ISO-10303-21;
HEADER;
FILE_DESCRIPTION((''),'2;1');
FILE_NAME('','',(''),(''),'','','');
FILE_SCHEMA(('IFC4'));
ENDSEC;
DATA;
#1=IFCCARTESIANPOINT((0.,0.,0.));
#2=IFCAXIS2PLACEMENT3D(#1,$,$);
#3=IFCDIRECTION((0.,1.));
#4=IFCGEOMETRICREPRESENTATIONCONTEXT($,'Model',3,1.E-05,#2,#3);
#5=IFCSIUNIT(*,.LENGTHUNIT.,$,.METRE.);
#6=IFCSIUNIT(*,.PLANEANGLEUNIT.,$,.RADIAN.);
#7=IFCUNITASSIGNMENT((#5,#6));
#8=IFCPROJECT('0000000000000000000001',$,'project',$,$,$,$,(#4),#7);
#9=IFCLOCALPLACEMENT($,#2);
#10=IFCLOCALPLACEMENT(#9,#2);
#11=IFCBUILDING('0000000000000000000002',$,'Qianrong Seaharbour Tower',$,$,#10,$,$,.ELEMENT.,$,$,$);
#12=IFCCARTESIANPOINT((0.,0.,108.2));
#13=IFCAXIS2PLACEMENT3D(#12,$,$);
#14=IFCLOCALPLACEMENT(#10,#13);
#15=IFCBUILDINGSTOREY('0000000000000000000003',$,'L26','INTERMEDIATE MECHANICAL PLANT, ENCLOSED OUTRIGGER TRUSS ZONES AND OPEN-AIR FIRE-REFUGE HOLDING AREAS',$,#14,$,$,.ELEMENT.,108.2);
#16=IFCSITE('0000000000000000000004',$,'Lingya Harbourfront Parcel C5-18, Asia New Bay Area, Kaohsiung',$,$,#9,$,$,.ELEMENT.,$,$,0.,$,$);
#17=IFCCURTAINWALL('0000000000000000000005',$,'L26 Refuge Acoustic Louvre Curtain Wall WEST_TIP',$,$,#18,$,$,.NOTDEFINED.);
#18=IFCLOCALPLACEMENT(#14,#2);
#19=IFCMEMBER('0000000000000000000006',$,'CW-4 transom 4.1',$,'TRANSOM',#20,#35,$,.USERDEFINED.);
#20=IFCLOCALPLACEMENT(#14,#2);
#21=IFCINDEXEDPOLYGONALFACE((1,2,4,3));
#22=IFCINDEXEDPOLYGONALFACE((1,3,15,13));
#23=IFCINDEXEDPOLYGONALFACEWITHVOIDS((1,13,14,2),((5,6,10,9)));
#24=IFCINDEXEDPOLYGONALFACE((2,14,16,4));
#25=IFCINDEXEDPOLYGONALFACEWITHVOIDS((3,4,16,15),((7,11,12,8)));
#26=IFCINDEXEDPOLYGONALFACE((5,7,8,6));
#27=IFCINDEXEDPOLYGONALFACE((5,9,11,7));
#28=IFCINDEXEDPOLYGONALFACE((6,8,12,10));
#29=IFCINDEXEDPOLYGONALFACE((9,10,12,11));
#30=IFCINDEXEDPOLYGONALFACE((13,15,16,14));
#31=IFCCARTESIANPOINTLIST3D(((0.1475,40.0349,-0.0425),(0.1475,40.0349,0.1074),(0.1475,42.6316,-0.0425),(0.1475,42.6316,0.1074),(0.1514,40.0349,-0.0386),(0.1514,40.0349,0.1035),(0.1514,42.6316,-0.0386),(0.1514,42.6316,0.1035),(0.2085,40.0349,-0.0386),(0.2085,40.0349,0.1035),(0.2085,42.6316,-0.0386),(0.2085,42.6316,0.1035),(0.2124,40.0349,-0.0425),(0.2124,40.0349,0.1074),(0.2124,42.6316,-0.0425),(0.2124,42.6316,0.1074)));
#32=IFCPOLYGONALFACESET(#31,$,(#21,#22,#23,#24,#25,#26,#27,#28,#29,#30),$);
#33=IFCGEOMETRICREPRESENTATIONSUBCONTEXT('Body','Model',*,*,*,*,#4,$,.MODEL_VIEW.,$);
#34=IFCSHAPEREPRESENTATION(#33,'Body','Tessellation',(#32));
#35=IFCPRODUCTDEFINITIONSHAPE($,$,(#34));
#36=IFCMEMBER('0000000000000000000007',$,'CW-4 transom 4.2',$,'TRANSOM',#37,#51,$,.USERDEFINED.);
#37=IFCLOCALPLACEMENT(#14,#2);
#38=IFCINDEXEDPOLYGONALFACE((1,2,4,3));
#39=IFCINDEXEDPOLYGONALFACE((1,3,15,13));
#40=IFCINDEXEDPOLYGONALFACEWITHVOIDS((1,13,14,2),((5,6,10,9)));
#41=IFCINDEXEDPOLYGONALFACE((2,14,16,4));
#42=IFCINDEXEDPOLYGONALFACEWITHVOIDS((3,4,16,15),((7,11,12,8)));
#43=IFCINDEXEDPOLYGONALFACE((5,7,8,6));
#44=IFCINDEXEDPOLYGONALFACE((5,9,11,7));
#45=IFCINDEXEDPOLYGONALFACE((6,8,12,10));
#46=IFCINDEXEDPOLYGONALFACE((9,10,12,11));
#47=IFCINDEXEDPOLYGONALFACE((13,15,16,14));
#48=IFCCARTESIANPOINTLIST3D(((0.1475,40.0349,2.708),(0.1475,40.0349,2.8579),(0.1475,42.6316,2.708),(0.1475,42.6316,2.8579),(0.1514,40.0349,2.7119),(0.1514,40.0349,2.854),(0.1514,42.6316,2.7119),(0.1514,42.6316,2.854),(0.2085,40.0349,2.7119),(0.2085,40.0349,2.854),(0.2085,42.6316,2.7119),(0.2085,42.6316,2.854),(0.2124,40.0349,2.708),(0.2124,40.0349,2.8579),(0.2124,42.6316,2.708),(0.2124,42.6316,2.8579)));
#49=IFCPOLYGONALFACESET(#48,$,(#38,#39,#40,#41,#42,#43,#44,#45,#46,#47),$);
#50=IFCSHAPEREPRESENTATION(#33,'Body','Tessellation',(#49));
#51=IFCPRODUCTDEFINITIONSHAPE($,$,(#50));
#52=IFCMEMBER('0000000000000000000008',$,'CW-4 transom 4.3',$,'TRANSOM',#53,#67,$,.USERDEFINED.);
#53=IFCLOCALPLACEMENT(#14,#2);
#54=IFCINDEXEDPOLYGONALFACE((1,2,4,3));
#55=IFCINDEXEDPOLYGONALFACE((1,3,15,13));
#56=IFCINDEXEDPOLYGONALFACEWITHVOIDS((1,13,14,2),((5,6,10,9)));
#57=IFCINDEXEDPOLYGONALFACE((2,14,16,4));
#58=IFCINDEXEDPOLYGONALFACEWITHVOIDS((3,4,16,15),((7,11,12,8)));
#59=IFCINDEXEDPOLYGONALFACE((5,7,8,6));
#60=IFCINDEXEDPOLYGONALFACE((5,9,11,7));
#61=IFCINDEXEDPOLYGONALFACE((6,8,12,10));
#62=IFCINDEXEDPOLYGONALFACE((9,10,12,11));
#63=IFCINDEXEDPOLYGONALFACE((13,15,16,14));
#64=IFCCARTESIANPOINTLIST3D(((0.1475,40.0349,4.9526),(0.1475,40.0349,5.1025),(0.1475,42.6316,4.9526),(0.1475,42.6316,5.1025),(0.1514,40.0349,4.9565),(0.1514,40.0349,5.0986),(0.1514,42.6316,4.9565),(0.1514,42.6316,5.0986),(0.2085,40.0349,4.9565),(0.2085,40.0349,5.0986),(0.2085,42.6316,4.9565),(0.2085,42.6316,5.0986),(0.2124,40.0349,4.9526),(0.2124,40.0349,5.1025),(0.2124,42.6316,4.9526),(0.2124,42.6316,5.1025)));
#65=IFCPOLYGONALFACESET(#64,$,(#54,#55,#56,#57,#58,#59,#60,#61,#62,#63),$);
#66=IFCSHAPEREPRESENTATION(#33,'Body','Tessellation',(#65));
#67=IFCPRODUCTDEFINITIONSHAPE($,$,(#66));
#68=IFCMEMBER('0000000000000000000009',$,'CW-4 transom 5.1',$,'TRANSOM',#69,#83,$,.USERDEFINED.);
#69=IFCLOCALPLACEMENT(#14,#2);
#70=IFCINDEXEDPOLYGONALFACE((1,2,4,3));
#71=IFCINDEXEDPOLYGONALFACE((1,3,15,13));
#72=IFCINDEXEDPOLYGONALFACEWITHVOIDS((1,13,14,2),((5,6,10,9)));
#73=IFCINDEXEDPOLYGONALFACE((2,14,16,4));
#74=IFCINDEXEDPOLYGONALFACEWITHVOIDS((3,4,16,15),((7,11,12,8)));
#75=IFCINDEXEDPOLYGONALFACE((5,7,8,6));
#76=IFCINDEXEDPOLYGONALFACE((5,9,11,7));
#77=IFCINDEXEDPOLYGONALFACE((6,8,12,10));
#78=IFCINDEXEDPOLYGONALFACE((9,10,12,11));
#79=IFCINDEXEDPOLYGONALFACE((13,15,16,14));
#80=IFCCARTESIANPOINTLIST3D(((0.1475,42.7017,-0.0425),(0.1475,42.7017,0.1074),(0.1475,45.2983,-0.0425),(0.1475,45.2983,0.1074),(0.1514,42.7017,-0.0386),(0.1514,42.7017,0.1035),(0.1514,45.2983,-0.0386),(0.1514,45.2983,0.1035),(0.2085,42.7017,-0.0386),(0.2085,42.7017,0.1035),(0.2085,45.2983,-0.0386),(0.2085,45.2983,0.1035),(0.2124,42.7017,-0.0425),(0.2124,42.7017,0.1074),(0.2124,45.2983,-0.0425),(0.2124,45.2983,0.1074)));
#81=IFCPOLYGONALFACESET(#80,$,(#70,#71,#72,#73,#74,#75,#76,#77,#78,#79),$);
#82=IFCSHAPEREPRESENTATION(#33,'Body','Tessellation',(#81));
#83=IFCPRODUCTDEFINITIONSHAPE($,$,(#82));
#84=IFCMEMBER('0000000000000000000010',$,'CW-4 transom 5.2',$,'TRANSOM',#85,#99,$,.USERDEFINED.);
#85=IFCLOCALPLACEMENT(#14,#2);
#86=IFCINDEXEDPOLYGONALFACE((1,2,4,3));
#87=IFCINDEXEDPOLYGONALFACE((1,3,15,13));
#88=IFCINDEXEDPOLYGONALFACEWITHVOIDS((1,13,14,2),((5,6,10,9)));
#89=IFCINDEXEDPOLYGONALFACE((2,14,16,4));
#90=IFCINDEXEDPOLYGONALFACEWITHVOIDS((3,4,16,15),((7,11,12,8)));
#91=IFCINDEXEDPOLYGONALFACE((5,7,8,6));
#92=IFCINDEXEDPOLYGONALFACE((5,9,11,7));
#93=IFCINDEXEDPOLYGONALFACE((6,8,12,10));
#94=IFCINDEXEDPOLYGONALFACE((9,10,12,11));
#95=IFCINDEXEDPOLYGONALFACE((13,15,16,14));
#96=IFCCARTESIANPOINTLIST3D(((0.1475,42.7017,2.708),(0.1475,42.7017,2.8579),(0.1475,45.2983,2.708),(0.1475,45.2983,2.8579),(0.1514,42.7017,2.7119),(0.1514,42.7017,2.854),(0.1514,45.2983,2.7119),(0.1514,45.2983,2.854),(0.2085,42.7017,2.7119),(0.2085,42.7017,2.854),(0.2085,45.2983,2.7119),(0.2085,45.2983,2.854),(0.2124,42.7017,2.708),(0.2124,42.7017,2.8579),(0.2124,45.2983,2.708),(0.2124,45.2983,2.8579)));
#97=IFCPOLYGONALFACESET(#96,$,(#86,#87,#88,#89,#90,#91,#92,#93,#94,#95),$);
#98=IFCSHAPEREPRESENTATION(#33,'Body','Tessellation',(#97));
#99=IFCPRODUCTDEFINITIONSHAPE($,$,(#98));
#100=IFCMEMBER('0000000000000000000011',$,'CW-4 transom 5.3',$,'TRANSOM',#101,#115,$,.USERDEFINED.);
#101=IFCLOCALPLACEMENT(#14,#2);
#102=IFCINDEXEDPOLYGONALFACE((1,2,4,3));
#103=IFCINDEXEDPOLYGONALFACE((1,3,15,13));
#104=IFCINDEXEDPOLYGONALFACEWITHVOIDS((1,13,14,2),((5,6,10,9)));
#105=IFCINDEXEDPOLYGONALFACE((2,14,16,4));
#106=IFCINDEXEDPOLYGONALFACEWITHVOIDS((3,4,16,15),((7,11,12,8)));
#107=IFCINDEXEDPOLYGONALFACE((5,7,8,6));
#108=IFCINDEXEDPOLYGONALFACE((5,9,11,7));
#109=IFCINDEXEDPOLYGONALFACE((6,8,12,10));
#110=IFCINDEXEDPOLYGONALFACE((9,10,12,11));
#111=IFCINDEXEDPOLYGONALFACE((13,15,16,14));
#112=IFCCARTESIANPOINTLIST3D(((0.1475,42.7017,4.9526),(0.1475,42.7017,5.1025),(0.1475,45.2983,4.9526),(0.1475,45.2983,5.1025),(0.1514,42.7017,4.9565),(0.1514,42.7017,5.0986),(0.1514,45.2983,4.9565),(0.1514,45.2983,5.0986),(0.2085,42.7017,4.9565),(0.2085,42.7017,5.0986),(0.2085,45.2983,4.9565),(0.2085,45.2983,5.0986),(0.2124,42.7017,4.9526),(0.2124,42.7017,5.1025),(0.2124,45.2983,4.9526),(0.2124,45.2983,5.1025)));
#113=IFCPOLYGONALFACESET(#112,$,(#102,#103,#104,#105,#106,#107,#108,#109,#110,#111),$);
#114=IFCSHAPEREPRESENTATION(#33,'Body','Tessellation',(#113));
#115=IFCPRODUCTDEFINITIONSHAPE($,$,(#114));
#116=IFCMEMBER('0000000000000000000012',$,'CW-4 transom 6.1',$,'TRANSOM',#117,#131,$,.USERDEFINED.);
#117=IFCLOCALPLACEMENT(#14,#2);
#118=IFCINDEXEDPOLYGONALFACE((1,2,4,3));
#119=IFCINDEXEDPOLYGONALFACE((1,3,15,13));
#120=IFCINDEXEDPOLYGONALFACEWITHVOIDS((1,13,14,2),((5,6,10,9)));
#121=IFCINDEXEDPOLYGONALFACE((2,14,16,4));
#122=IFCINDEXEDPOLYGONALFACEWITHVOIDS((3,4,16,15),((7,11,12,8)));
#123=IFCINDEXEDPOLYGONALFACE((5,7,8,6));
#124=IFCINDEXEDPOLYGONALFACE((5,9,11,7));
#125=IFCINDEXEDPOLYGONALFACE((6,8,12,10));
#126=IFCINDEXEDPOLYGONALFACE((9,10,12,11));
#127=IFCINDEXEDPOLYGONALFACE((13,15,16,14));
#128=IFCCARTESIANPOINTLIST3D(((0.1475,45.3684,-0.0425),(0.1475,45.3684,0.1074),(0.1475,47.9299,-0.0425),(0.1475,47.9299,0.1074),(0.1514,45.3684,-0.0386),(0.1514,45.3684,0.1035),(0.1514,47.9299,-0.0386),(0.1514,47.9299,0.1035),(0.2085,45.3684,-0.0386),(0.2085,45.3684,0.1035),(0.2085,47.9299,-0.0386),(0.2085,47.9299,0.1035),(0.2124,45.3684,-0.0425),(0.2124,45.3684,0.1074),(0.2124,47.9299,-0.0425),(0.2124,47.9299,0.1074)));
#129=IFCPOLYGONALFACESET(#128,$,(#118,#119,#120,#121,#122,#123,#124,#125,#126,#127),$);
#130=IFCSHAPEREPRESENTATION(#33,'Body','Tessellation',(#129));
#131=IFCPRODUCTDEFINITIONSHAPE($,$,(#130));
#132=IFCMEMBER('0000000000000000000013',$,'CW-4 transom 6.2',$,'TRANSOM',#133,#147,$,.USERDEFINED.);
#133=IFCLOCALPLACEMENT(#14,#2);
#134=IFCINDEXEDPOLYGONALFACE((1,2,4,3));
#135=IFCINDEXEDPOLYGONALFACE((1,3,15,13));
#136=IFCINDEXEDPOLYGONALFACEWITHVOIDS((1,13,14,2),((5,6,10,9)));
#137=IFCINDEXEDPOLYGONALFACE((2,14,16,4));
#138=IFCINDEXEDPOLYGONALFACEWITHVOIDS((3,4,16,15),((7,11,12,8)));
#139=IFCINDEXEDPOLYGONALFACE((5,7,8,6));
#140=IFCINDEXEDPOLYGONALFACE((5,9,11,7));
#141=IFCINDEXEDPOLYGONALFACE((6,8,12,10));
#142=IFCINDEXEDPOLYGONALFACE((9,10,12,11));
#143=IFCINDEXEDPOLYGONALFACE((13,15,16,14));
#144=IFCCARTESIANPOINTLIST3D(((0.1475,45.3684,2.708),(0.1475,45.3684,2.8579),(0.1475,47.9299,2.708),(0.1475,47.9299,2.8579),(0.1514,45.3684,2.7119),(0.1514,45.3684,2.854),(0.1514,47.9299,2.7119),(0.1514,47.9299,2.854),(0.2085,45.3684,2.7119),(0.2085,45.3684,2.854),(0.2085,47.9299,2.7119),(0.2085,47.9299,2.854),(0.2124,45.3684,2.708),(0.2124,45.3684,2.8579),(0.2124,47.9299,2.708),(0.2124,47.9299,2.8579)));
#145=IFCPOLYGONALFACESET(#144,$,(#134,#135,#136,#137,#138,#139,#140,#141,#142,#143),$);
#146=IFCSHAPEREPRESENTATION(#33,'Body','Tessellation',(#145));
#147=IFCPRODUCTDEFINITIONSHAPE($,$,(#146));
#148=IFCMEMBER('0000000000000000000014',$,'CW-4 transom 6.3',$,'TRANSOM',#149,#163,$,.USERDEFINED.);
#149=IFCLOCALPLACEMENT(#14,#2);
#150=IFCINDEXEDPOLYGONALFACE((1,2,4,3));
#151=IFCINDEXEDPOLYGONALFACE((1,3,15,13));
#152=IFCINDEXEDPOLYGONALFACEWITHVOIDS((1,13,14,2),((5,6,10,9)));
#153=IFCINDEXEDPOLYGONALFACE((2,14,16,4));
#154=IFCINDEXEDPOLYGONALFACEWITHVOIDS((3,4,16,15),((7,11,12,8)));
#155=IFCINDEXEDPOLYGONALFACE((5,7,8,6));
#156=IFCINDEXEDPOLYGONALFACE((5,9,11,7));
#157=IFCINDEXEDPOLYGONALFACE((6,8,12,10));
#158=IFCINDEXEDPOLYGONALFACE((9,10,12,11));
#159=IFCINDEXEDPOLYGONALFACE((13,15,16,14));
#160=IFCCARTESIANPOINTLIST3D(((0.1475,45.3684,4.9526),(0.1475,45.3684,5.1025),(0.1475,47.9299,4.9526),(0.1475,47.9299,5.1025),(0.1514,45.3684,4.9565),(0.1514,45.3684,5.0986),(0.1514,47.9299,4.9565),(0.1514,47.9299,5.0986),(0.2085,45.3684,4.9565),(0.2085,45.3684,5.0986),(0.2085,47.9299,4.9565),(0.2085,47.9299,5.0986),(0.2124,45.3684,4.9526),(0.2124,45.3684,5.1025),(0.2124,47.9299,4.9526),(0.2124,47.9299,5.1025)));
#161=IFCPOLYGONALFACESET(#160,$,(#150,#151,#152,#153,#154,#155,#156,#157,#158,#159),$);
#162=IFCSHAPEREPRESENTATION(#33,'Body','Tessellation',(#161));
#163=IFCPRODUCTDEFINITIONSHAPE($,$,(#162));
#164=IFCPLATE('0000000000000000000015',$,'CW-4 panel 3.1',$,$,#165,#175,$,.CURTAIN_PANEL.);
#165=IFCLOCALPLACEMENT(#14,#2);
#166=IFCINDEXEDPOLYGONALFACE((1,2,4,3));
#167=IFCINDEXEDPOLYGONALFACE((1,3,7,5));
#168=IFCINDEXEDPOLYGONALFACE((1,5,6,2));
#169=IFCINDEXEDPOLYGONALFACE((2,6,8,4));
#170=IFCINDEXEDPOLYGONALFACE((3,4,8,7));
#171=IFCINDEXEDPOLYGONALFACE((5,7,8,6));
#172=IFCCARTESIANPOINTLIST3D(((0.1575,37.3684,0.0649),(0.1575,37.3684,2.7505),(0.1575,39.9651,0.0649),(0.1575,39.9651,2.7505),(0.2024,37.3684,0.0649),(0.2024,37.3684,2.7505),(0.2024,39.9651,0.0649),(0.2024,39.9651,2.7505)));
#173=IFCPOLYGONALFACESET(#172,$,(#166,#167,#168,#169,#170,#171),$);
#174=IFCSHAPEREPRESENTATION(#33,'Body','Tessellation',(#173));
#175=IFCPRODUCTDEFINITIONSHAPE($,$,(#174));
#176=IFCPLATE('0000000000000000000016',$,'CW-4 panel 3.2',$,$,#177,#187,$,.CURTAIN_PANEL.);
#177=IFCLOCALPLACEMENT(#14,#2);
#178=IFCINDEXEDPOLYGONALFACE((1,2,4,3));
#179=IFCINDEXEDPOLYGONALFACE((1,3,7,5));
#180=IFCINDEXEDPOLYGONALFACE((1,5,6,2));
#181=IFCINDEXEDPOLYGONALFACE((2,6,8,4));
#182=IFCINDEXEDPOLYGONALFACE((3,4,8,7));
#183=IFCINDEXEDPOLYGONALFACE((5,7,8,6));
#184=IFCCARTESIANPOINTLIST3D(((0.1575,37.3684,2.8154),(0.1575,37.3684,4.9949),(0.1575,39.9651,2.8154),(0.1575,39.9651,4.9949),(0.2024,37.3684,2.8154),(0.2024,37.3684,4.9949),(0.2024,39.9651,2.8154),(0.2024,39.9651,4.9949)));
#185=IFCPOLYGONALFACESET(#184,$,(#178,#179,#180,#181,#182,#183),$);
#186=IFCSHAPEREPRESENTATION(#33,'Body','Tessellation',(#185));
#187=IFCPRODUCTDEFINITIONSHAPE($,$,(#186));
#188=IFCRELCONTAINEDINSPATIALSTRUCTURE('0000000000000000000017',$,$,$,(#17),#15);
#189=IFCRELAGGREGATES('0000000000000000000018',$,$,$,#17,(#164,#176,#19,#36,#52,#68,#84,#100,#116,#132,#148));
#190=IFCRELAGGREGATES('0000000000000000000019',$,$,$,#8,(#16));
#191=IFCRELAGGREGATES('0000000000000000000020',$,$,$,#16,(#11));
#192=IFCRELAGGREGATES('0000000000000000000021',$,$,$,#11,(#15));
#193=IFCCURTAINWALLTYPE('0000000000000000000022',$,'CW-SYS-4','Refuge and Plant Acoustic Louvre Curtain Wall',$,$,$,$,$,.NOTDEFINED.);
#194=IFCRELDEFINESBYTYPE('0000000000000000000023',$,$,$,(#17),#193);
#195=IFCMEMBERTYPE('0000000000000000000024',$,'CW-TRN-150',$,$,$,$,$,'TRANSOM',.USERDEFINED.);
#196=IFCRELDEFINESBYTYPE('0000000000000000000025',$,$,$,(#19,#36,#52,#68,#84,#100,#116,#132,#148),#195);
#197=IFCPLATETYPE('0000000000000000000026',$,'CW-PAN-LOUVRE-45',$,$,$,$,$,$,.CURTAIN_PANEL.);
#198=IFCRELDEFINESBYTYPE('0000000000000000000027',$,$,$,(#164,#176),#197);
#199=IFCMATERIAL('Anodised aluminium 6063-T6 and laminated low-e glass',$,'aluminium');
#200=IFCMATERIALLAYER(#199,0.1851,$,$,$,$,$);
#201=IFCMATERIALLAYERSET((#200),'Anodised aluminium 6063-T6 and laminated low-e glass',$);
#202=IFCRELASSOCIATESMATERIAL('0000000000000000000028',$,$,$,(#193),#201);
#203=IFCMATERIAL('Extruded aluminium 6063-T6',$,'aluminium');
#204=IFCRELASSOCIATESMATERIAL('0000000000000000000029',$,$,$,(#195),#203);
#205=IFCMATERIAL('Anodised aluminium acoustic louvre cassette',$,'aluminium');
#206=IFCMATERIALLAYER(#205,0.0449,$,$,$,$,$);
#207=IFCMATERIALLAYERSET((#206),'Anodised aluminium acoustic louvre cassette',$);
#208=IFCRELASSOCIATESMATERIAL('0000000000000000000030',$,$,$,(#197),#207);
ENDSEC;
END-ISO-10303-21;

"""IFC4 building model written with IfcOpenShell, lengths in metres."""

from ifc_helpers import new_model, si_unit, direction, frame, origin, origin_2d, place, context, subcontext, project, spatial, rectangle, hollow_rectangle, extrude, material, layer, layer_set, material_profile, profile_set, type_object, element, aggregate, save


model = new_model("IFC4")

# Units and contexts
model_context = context("Model", 3, precision=1e-05, world=origin(), true_north=direction((0.0, 1.0)))
body_context = subcontext(model_context, "Body", "Model", "MODEL_VIEW")
ifc_project = project(units=[si_unit("LENGTHUNIT", "METRE"), si_unit("PLANEANGLEUNIT", "RADIAN")], contexts=[model_context])

# Site, building, storey
site_placement = place(None, origin())
site = spatial("IfcSite", under=ifc_project, at=site_placement, Name="Lingya Harbourfront Parcel C5-18, Asia New Bay Area, Kaohsiung", CompositionType="ELEMENT", RefElevation=0.0)
building_placement = place(site_placement, origin())
building = spatial("IfcBuilding", under=site, at=building_placement, Name="Qianrong Seaharbour Tower", CompositionType="ELEMENT")
storey_placement = place(building_placement, frame((0.0, 0.0, 108.2)))
storey = spatial("IfcBuildingStorey", under=building, at=storey_placement, Name="L26", Description="INTERMEDIATE MECHANICAL PLANT, ENCLOSED OUTRIGGER TRUSS ZONES AND OPEN-AIR FIRE-REFUGE HOLDING AREAS", CompositionType="ELEMENT", Elevation=108.2)

# Curtain wall, members, plates
ifc_material_1 = material(Name="Anodised aluminium 6063-T6 and laminated low-e glass", Category="aluminium")
ifc_layer_1 = layer(ifc_material_1, 0.1851)
ifc_layer_set_1 = layer_set([ifc_layer_1], Name="Anodised aluminium 6063-T6 and laminated low-e glass")
curtain_wall_type = type_object("IfcCurtainWallType", Name="CW-SYS-4", Description="Refuge and Plant Acoustic Louvre Curtain Wall", PredefinedType="NOTDEFINED", material=ifc_layer_set_1)
curtain_wall_placement = place(storey_placement, origin())
curtain_wall = element("IfcCurtainWall", 1, at=curtain_wall_placement, inside=storey, type_object=curtain_wall_type, Name="L26 Refuge Acoustic Louvre Curtain Wall WEST_TIP", PredefinedType="NOTDEFINED")
ifc_material_2 = material(Name="Extruded aluminium 6063-T6", Category="aluminium")
ifc_material_profile_1 = material_profile(ifc_material_2, hollow_rectangle(XDim=0.0649, YDim=0.1499, WallThickness=0.0039, at=origin_2d()), Name="ALU-TRN-150x65x4")
ifc_profile_set_1 = profile_set([ifc_material_profile_1], Name="Extruded aluminium 6063-T6")
member_type_1 = type_object("IfcMemberType", Name="CW-TRN-150", ElementType="TRANSOM", PredefinedType="USERDEFINED", material=ifc_profile_set_1)
member_1_placement = place(storey_placement, frame((0.1799, 40.0349, 0.0325), z_axis=(0.0, 1.0, 0.0), x_axis=(-1.0, 0.0, 0.0)))
member_1 = element("IfcMember", 2, at=member_1_placement, type_object=member_type_1, Name="CW-4 transom 4.1", ObjectType="TRANSOM", PredefinedType="USERDEFINED", context=body_context, shape_type="SweptSolid", body=[
    extrude(hollow_rectangle(XDim=0.0649, YDim=0.1499, WallThickness=0.0039, at=origin_2d()), origin(), (0.0, 0.0, 1.0), 2.5967),
])
member_2_placement = place(storey_placement, frame((0.1799, 40.0349, 2.783), z_axis=(0.0, 1.0, 0.0), x_axis=(-1.0, 0.0, 0.0)))
member_2 = element("IfcMember", 3, at=member_2_placement, type_object=member_type_1, Name="CW-4 transom 4.2", ObjectType="TRANSOM", PredefinedType="USERDEFINED", context=body_context, shape_type="SweptSolid", body=[
    extrude(hollow_rectangle(XDim=0.0649, YDim=0.1499, WallThickness=0.0039, at=origin_2d()), origin(), (0.0, 0.0, 1.0), 2.5967),
])
member_3_placement = place(storey_placement, frame((0.1799, 40.0349, 5.0276), z_axis=(0.0, 1.0, 0.0), x_axis=(-1.0, 0.0, 0.0)))
member_3 = element("IfcMember", 4, at=member_3_placement, type_object=member_type_1, Name="CW-4 transom 4.3", ObjectType="TRANSOM", PredefinedType="USERDEFINED", context=body_context, shape_type="SweptSolid", body=[
    extrude(hollow_rectangle(XDim=0.0649, YDim=0.1499, WallThickness=0.0039, at=origin_2d()), origin(), (0.0, 0.0, 1.0), 2.5967),
])
member_4_placement = place(storey_placement, frame((0.1799, 42.7017, 0.0325), z_axis=(0.0, 1.0, 0.0), x_axis=(-1.0, 0.0, 0.0)))
member_4 = element("IfcMember", 5, at=member_4_placement, type_object=member_type_1, Name="CW-4 transom 5.1", ObjectType="TRANSOM", PredefinedType="USERDEFINED", context=body_context, shape_type="SweptSolid", body=[
    extrude(hollow_rectangle(XDim=0.0649, YDim=0.1499, WallThickness=0.0039, at=origin_2d()), origin(), (0.0, 0.0, 1.0), 2.5967),
])
member_5_placement = place(storey_placement, frame((0.1799, 42.7017, 2.783), z_axis=(0.0, 1.0, 0.0), x_axis=(-1.0, 0.0, 0.0)))
member_5 = element("IfcMember", 6, at=member_5_placement, type_object=member_type_1, Name="CW-4 transom 5.2", ObjectType="TRANSOM", PredefinedType="USERDEFINED", context=body_context, shape_type="SweptSolid", body=[
    extrude(hollow_rectangle(XDim=0.0649, YDim=0.1499, WallThickness=0.0039, at=origin_2d()), origin(), (0.0, 0.0, 1.0), 2.5967),
])
member_6_placement = place(storey_placement, frame((0.1799, 42.7017, 5.0276), z_axis=(0.0, 1.0, 0.0), x_axis=(-1.0, 0.0, 0.0)))
member_6 = element("IfcMember", 7, at=member_6_placement, type_object=member_type_1, Name="CW-4 transom 5.3", ObjectType="TRANSOM", PredefinedType="USERDEFINED", context=body_context, shape_type="SweptSolid", body=[
    extrude(hollow_rectangle(XDim=0.0649, YDim=0.1499, WallThickness=0.0039, at=origin_2d()), origin(), (0.0, 0.0, 1.0), 2.5967),
])
member_7_placement = place(storey_placement, frame((0.1799, 45.3684, 0.0325), z_axis=(0.0, 1.0, 0.0), x_axis=(-1.0, 0.0, 0.0)))
member_7 = element("IfcMember", 8, at=member_7_placement, type_object=member_type_1, Name="CW-4 transom 6.1", ObjectType="TRANSOM", PredefinedType="USERDEFINED", context=body_context, shape_type="SweptSolid", body=[
    extrude(hollow_rectangle(XDim=0.0649, YDim=0.1499, WallThickness=0.0039, at=origin_2d()), origin(), (0.0, 0.0, 1.0), 2.5615),
])
member_8_placement = place(storey_placement, frame((0.1799, 45.3684, 2.783), z_axis=(0.0, 1.0, 0.0), x_axis=(-1.0, 0.0, 0.0)))
member_8 = element("IfcMember", 9, at=member_8_placement, type_object=member_type_1, Name="CW-4 transom 6.2", ObjectType="TRANSOM", PredefinedType="USERDEFINED", context=body_context, shape_type="SweptSolid", body=[
    extrude(hollow_rectangle(XDim=0.0649, YDim=0.1499, WallThickness=0.0039, at=origin_2d()), origin(), (0.0, 0.0, 1.0), 2.5615),
])
member_9_placement = place(storey_placement, frame((0.1799, 45.3684, 5.0276), z_axis=(0.0, 1.0, 0.0), x_axis=(-1.0, 0.0, 0.0)))
member_9 = element("IfcMember", 10, at=member_9_placement, type_object=member_type_1, Name="CW-4 transom 6.3", ObjectType="TRANSOM", PredefinedType="USERDEFINED", context=body_context, shape_type="SweptSolid", body=[
    extrude(hollow_rectangle(XDim=0.0649, YDim=0.1499, WallThickness=0.0039, at=origin_2d()), origin(), (0.0, 0.0, 1.0), 2.5615),
])
ifc_material_3 = material(Name="Anodised aluminium acoustic louvre cassette", Category="aluminium")
ifc_layer_2 = layer(ifc_material_3, 0.0449)
ifc_layer_set_2 = layer_set([ifc_layer_2], Name="Anodised aluminium acoustic louvre cassette")
plate_type_1 = type_object("IfcPlateType", Name="CW-PAN-LOUVRE-45", PredefinedType="CURTAIN_PANEL", material=ifc_layer_set_2)
plate_1_placement = place(storey_placement, frame((0.1799, 38.6667, 0.0649), z_axis=(0.0, 0.0, 1.0), x_axis=(0.0, 1.0, 0.0)))
plate_1 = element("IfcPlate", 11, at=plate_1_placement, type_object=plate_type_1, Name="CW-4 panel 3.1", PredefinedType="CURTAIN_PANEL", context=body_context, shape_type="SweptSolid", body=[
    extrude(rectangle(XDim=2.5967, YDim=0.0449, at=origin_2d()), origin(), (0.0, 0.0, 1.0), 2.6855),
])
plate_2_placement = place(storey_placement, frame((0.1799, 38.6667, 2.8154), z_axis=(0.0, 0.0, 1.0), x_axis=(0.0, 1.0, 0.0)))
plate_2 = element("IfcPlate", 12, at=plate_2_placement, type_object=plate_type_1, Name="CW-4 panel 3.2", PredefinedType="CURTAIN_PANEL", context=body_context, shape_type="SweptSolid", body=[
    extrude(rectangle(XDim=2.5967, YDim=0.0449, at=origin_2d()), origin(), (0.0, 0.0, 1.0), 2.1794),
])
aggregate(curtain_wall, [plate_1, plate_2, member_1, member_2, member_3, member_4, member_5, member_6, member_7, member_8, member_9])

save(model, "model.ifc")
